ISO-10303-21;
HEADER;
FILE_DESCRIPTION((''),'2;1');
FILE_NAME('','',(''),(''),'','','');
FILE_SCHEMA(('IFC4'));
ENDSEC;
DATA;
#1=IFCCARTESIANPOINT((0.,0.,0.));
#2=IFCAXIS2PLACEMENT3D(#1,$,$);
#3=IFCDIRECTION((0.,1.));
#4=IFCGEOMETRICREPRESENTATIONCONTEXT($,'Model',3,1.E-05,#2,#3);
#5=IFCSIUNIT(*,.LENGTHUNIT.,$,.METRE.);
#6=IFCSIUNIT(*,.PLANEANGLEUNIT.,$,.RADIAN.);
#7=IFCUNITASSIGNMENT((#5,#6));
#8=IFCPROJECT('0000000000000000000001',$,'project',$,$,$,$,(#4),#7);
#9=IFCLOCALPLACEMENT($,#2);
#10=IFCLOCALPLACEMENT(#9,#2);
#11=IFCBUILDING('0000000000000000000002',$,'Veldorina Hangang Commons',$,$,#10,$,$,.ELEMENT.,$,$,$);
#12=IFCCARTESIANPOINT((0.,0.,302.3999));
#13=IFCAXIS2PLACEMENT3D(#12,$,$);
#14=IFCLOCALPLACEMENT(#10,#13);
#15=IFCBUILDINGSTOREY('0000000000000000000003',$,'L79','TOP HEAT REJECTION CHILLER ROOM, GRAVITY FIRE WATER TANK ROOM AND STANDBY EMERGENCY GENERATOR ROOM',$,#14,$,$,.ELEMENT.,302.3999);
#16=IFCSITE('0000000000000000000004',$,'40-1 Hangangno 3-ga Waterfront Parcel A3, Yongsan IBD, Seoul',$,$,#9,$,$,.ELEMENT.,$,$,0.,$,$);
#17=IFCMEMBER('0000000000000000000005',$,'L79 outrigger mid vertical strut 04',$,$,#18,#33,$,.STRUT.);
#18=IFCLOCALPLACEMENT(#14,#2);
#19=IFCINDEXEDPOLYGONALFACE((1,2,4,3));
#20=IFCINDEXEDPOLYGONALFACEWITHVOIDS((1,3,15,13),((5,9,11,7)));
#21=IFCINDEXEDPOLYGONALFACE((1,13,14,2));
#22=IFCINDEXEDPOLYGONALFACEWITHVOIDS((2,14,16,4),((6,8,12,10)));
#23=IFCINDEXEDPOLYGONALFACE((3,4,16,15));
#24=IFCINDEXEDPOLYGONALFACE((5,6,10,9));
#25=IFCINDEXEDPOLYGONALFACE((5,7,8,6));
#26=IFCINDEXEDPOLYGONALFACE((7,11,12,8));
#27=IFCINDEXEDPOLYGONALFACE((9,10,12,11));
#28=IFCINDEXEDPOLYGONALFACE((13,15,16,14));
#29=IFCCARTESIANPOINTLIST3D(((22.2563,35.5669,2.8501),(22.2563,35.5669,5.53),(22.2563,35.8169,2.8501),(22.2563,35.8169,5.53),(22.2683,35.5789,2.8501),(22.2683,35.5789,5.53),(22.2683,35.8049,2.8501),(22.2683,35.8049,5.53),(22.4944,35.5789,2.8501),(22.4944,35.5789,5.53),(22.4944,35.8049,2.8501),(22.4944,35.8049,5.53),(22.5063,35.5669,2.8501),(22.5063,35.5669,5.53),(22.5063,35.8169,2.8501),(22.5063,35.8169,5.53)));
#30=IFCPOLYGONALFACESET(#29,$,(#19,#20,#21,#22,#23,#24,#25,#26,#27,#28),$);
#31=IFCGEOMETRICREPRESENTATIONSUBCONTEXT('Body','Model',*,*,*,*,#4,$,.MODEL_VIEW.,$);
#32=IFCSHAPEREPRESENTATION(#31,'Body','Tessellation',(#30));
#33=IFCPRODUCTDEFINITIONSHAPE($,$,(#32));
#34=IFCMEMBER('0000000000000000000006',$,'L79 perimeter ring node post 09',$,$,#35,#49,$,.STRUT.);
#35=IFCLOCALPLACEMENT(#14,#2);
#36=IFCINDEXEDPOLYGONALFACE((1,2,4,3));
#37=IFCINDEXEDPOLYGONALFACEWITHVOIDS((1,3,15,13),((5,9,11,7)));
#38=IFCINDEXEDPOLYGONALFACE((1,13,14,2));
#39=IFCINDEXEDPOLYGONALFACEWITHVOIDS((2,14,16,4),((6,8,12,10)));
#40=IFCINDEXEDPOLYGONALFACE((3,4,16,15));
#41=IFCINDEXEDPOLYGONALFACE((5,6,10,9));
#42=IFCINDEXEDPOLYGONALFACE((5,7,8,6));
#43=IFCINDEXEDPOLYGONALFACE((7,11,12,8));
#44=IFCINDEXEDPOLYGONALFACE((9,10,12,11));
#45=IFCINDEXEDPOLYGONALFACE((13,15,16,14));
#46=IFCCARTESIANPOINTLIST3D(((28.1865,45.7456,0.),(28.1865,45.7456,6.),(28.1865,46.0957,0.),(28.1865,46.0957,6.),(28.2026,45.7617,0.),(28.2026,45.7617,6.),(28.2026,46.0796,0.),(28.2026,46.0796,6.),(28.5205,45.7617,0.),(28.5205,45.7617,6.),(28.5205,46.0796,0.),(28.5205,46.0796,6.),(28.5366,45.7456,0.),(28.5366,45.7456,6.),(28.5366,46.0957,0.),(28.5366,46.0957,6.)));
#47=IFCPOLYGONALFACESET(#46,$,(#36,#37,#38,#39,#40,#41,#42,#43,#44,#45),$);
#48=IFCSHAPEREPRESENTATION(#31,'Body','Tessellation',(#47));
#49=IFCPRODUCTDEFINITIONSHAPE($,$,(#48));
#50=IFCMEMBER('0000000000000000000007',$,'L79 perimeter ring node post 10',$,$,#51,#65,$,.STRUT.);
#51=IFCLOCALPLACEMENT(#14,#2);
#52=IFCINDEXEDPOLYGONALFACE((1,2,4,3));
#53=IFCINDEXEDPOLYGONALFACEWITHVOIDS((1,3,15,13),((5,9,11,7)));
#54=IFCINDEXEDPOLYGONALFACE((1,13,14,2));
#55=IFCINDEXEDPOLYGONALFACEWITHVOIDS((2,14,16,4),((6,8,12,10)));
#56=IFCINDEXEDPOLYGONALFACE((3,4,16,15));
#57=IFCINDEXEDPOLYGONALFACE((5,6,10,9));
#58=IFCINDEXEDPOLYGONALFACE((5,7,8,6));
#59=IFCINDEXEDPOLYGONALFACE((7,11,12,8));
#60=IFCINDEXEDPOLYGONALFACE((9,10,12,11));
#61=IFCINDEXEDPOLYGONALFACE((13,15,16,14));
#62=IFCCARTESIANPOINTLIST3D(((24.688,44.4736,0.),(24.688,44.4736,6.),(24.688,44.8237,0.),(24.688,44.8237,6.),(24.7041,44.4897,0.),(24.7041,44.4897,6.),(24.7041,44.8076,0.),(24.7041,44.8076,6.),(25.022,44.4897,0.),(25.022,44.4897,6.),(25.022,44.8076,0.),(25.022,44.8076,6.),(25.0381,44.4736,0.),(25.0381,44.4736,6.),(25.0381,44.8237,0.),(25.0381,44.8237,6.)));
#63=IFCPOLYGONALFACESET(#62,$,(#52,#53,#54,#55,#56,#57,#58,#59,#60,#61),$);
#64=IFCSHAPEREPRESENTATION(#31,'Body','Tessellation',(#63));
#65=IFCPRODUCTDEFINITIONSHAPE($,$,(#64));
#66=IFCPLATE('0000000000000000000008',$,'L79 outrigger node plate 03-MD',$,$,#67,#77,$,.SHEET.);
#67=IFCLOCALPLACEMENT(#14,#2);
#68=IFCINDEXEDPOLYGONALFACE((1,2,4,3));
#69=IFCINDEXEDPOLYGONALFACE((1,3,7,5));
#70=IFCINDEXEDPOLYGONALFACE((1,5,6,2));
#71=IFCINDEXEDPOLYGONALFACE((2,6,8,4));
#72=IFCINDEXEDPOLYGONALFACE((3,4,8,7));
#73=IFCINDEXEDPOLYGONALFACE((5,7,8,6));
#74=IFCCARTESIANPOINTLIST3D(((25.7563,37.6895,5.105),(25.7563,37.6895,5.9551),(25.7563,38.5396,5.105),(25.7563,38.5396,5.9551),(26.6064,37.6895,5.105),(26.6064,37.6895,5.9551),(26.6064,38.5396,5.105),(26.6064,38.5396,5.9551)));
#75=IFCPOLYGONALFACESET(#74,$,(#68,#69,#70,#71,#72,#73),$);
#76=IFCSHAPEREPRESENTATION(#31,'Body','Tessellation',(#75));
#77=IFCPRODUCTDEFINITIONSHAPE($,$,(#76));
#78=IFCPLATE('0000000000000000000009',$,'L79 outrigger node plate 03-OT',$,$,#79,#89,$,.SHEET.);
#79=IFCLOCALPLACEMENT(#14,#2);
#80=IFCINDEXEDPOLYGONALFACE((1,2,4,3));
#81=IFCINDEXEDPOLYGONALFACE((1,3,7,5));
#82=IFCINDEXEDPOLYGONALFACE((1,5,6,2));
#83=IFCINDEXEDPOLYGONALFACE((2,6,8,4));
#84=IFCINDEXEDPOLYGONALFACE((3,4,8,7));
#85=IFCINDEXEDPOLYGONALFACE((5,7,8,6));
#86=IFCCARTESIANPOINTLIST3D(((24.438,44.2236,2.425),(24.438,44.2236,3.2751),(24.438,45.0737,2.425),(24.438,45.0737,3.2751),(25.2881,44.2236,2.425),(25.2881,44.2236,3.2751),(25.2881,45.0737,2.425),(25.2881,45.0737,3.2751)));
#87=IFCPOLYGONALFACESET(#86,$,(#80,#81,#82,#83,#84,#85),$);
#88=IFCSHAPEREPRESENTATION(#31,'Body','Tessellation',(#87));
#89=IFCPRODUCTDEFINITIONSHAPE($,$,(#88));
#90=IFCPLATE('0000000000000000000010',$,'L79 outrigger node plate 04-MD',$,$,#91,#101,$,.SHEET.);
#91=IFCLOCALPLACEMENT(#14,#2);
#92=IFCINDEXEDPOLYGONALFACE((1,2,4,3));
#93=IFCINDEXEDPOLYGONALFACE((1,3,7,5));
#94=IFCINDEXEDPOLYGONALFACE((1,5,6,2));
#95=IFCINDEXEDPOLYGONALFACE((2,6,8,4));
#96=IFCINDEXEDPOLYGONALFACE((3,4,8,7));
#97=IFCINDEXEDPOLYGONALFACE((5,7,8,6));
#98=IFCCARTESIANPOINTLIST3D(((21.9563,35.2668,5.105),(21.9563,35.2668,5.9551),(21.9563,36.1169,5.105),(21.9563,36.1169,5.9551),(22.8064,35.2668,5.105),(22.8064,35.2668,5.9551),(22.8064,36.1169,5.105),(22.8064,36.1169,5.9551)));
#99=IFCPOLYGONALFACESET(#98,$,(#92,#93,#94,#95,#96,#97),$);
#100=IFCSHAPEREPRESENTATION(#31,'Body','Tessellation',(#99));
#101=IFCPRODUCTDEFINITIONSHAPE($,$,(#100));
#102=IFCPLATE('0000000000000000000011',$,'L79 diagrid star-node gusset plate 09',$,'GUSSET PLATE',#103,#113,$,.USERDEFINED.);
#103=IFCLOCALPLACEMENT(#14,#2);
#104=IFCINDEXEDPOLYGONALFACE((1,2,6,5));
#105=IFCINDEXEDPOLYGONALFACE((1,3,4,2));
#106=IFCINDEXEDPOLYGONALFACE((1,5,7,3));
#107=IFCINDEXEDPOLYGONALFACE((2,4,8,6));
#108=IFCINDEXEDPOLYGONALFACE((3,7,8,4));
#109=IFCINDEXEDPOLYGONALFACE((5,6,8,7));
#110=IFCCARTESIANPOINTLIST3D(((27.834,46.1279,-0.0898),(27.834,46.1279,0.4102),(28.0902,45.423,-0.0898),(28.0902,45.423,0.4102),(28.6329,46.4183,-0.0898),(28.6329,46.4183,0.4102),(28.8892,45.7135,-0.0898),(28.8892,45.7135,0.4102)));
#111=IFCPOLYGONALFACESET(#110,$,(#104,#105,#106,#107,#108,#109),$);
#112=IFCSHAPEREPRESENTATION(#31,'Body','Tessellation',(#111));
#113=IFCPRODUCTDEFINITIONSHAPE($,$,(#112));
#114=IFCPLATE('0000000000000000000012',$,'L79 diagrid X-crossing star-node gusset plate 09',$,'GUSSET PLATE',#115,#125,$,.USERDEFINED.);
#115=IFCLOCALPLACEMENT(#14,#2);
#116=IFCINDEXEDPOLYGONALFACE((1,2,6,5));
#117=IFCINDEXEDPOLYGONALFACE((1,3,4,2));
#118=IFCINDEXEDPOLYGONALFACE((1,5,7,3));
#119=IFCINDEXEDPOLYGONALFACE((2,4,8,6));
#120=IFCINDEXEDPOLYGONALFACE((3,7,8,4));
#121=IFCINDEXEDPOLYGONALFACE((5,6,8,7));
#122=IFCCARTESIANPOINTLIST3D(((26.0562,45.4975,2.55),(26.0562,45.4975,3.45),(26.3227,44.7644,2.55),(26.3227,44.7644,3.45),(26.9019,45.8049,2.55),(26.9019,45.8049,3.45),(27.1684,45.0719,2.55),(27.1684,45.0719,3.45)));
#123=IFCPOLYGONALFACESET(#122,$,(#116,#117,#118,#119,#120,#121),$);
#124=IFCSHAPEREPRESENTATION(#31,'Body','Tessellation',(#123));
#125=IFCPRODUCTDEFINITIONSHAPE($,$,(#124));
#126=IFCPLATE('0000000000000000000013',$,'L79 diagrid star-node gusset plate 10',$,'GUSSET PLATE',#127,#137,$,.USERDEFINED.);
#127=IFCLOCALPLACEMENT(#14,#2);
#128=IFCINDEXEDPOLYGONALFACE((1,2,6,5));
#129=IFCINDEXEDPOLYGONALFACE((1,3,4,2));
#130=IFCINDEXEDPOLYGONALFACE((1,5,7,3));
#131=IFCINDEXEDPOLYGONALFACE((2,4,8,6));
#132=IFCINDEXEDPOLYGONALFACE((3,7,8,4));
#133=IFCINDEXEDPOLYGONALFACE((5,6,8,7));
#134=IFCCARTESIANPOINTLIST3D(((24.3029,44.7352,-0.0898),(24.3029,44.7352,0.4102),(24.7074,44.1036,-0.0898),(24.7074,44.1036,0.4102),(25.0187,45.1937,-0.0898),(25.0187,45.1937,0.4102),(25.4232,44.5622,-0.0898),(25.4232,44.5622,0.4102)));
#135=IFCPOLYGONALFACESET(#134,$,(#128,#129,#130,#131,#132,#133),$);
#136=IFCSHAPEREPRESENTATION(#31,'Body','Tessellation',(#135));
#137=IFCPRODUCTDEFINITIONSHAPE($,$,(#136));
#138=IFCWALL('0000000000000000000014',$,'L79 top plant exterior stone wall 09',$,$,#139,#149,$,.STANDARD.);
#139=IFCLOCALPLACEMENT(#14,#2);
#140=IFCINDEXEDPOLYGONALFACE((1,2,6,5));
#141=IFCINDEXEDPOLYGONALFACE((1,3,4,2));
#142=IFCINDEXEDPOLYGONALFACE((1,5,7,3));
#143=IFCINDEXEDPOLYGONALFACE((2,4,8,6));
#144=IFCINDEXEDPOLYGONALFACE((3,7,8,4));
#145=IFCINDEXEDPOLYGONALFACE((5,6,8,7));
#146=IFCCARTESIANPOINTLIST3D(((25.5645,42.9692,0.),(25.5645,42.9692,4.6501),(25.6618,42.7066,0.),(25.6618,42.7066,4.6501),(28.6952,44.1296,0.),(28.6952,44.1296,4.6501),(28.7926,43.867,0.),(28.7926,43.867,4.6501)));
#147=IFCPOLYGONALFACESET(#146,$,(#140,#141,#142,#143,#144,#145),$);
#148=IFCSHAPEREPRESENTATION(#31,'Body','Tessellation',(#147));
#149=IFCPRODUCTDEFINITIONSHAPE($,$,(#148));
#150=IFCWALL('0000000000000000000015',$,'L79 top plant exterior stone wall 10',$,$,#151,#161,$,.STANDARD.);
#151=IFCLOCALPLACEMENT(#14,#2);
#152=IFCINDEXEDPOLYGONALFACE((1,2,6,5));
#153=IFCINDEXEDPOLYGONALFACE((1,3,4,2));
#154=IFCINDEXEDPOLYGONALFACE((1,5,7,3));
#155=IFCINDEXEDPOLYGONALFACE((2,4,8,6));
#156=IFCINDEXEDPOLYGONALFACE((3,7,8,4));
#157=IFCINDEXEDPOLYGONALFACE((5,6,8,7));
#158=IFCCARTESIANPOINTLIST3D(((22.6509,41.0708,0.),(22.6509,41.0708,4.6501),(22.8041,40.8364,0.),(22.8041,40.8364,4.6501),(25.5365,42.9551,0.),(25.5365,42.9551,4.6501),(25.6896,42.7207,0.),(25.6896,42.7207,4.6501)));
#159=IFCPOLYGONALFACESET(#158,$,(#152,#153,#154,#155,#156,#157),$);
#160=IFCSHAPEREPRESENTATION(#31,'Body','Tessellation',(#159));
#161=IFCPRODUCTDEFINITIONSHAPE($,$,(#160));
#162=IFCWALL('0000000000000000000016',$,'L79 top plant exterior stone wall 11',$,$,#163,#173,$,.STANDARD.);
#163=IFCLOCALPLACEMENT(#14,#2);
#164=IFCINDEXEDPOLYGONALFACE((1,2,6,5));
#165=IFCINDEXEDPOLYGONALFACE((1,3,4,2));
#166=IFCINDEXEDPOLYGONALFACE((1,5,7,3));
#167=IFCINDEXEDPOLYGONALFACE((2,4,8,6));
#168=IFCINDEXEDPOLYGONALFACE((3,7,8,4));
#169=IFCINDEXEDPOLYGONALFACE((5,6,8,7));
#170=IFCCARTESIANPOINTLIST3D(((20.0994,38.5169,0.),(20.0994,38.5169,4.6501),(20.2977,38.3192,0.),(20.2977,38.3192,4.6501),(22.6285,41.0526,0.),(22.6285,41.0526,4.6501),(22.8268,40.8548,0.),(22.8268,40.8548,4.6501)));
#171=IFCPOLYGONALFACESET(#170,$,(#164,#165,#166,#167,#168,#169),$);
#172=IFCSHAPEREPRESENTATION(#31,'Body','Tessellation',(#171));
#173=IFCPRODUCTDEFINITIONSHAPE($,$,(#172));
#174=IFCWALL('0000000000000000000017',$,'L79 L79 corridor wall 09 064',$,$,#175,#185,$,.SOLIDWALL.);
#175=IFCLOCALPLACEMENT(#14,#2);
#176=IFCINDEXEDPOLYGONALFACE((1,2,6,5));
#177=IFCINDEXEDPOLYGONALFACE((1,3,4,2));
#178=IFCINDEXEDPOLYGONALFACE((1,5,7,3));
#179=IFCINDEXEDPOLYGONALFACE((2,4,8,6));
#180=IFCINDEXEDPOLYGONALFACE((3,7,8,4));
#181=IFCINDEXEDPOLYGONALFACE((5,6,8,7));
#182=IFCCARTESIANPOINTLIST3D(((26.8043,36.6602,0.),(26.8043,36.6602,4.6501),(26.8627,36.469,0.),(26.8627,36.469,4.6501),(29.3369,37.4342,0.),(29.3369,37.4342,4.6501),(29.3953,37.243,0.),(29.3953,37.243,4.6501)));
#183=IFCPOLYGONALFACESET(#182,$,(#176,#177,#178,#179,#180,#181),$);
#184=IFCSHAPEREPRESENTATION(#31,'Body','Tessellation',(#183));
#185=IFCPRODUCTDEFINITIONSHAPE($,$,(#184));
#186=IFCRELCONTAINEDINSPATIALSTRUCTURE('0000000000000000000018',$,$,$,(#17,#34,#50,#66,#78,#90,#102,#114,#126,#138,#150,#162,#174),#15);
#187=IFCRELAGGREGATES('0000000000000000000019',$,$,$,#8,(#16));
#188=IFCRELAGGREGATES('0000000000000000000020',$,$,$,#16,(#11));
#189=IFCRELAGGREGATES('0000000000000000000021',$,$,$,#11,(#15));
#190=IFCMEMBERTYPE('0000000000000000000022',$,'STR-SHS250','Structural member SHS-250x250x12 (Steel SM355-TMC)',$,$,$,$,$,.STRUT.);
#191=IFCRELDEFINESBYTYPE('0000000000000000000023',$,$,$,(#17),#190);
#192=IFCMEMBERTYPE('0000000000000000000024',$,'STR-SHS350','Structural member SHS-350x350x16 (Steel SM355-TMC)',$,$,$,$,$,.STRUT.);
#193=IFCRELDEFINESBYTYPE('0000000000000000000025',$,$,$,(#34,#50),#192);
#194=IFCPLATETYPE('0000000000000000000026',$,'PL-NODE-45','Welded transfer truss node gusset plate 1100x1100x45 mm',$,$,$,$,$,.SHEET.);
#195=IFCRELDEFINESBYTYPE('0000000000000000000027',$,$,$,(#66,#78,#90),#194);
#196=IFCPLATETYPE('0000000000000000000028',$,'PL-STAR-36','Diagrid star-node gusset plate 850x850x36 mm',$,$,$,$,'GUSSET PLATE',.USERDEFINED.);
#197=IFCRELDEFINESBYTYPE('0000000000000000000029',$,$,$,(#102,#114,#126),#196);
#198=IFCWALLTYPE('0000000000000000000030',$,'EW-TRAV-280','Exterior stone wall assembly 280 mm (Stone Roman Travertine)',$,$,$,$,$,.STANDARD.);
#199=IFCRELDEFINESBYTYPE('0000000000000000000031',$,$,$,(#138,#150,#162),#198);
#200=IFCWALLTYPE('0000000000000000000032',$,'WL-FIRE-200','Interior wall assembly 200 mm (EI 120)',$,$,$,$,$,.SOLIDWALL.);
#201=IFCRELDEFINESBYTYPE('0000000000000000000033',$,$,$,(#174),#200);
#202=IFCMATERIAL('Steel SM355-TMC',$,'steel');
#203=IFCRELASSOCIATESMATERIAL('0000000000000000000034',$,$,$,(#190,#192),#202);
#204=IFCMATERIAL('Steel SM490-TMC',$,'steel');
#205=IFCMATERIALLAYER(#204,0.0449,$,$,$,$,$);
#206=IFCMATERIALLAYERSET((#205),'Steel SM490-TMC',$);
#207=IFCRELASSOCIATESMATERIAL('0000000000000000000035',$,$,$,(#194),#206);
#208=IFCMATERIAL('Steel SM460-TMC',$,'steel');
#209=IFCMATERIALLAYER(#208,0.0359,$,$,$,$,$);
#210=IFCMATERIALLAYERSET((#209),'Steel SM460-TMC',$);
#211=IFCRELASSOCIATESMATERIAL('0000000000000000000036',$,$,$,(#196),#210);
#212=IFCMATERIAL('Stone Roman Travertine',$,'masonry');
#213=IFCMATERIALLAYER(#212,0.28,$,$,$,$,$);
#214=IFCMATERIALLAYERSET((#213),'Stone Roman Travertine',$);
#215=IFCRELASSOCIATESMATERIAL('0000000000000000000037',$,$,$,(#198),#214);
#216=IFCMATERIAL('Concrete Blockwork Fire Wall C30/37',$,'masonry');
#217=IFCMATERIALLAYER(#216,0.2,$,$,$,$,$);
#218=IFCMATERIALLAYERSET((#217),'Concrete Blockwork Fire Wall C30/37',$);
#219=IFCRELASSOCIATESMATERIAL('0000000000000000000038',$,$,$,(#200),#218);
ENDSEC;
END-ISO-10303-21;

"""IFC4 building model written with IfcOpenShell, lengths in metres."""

from ifc_helpers import new_model, si_unit, direction, frame, frame_2d, origin, origin_2d, place, context, subcontext, project, spatial, rectangle, hollow_rectangle, extrude, material, layer, layer_set, material_profile, profile_set, type_object, element, save


model = new_model("IFC4")

# Units and contexts
model_context = context("Model", 3, precision=1e-05, world=origin(), true_north=direction((0.0, 1.0)))
body_context = subcontext(model_context, "Body", "Model", "MODEL_VIEW")
ifc_project = project(units=[si_unit("LENGTHUNIT", "METRE"), si_unit("PLANEANGLEUNIT", "RADIAN")], contexts=[model_context])

# Site, building, storey
site_placement = place(None, origin())
site = spatial("IfcSite", under=ifc_project, at=site_placement, Name="40-1 Hangangno 3-ga Waterfront Parcel A3, Yongsan IBD, Seoul", CompositionType="ELEMENT", RefElevation=0.0)
building_placement = place(site_placement, origin())
building = spatial("IfcBuilding", under=site, at=building_placement, Name="Veldorina Hangang Commons", CompositionType="ELEMENT")
storey_placement = place(building_placement, frame((0.0, 0.0, 302.3999)))
storey = spatial("IfcBuildingStorey", under=building, at=storey_placement, Name="L79", Description="TOP HEAT REJECTION CHILLER ROOM, GRAVITY FIRE WATER TANK ROOM AND STANDBY EMERGENCY GENERATOR ROOM", CompositionType="ELEMENT", Elevation=302.3999)

# Shared definitions
ifc_material_1 = material(Name="Steel SM460-TMC", Category="steel")

# Members
ifc_material_2 = material(Name="Steel SM355-TMC", Category="steel")
ifc_material_profile_1 = material_profile(ifc_material_2, hollow_rectangle(XDim=0.25, YDim=0.25, WallThickness=0.012, at=origin_2d()), Name="SHS-250x250x12")
ifc_profile_set_1 = profile_set([ifc_material_profile_1], Name="Steel SM355-TMC")
member_type_1 = type_object("IfcMemberType", Name="STR-SHS250", Description="Structural member SHS-250x250x12 (Steel SM355-TMC)", PredefinedType="STRUT", material=ifc_profile_set_1)
for number, where, z_axis, x_axis, name in (
    (1, (22.3813, 35.6919, 2.8501), (0.0, 0.0, 1.0), (1.0, 0.0, 0.0), "L79 outrigger mid vertical strut 04"),
):
    element("IfcMember", number, at=place(storey_placement, frame(where, z_axis=z_axis, x_axis=x_axis)), inside=storey, type_object=member_type_1, Name=name, PredefinedType="STRUT", context=body_context, shape_type="SweptSolid", body=[
        extrude(hollow_rectangle(XDim=0.25, YDim=0.25, WallThickness=0.012, at=origin_2d()), origin(), (0.0, 0.0, 1.0), 2.6799),
    ])
ifc_material_profile_2 = material_profile(ifc_material_2, hollow_rectangle(XDim=0.3501, YDim=0.3501, WallThickness=0.0161, at=origin_2d()), Name="SHS-350x350x16")
ifc_profile_set_2 = profile_set([ifc_material_profile_2], Name="Steel SM355-TMC")
member_type_2 = type_object("IfcMemberType", Name="STR-SHS350", Description="Structural member SHS-350x350x16 (Steel SM355-TMC)", PredefinedType="STRUT", material=ifc_profile_set_2)
for number, where, z_axis, x_axis, name in (
    (2, (28.3616, 45.9207, 0.0), (0.0, 0.0, 1.0), (1.0, 0.0, 0.0), "L79 perimeter ring node post 09"),
    (3, (24.863, 44.6487, 0.0), (0.0, 0.0, 1.0), (1.0, 0.0, 0.0), "L79 perimeter ring node post 10"),
):
    element("IfcMember", number, at=place(storey_placement, frame(where, z_axis=z_axis, x_axis=x_axis)), inside=storey, type_object=member_type_2, Name=name, PredefinedType="STRUT", context=body_context, shape_type="SweptSolid", body=[
        extrude(hollow_rectangle(XDim=0.3501, YDim=0.3501, WallThickness=0.0161, at=origin_2d()), origin(), (0.0, 0.0, 1.0), 6.0),
    ])

# Plates
ifc_material_3 = material(Name="Steel SM490-TMC", Category="steel")
ifc_layer_1 = layer(ifc_material_3, 0.0449)
ifc_layer_set_1 = layer_set([ifc_layer_1], Name="Steel SM490-TMC")
plate_type_1 = type_object("IfcPlateType", Name="PL-NODE-45", Description="Welded transfer truss node gusset plate 1100x1100x45 mm", PredefinedType="SHEET", material=ifc_layer_set_1)
for number, where, z_axis, x_axis, name in (
    (4, (26.1814, 38.1145, 5.105), (0.0, 0.0, 1.0), (1.0, 0.0, 0.0), "L79 outrigger node plate 03-MD"),
    (5, (24.863, 44.6487, 2.425), (0.0, 0.0, 1.0), (1.0, 0.0, 0.0), "L79 outrigger node plate 03-OT"),
    (6, (22.3813, 35.6919, 5.105), (0.0, 0.0, 1.0), (1.0, 0.0, 0.0), "L79 outrigger node plate 04-MD"),
):
    element("IfcPlate", number, at=place(storey_placement, frame(where, z_axis=z_axis, x_axis=x_axis)), inside=storey, type_object=plate_type_1, Name=name, PredefinedType="SHEET", context=body_context, shape_type="SweptSolid", body=[
        extrude(rectangle(XDim=0.8501, YDim=0.8501, at=origin_2d()), origin(), (0.0, 0.0, 1.0), 0.8501),
    ])
ifc_layer_2 = layer(ifc_material_1, 0.0359)
ifc_layer_set_2 = layer_set([ifc_layer_2], Name="Steel SM460-TMC")
plate_type_2 = type_object("IfcPlateType", Name="PL-STAR-36", Description="Diagrid star-node gusset plate 850x850x36 mm", ElementType="GUSSET PLATE", PredefinedType="USERDEFINED", material=ifc_layer_set_2)
plate_1_placement = place(storey_placement, frame((28.3616, 45.9207, -0.0898), z_axis=(0.0, 0.0, 1.0), x_axis=(-0.939818, -0.341676, 0.0)))
element("IfcPlate", 7, at=plate_1_placement, inside=storey, type_object=plate_type_2, Name="L79 diagrid star-node gusset plate 09", ObjectType="GUSSET PLATE", PredefinedType="USERDEFINED", context=body_context, shape_type="SweptSolid", body=[
    extrude(rectangle(XDim=0.8501, YDim=0.75, at=origin_2d()), origin(), (0.0, 0.0, 1.0), 0.5),
])
plate_2_placement = place(storey_placement, frame((26.6123, 45.2847, 2.55), z_axis=(0.0, 0.0, 1.0), x_axis=(-0.939818, -0.341676, 0.0)))
element("IfcPlate", 8, at=plate_2_placement, inside=storey, type_object=plate_type_2, Name="L79 diagrid X-crossing star-node gusset plate 09", ObjectType="GUSSET PLATE", PredefinedType="USERDEFINED", context=body_context, shape_type="SweptSolid", body=[
    extrude(rectangle(XDim=0.8999, YDim=0.78, at=origin_2d()), origin(), (0.0, 0.0, 1.0), 0.8999),
])
plate_3_placement = place(storey_placement, frame((24.863, 44.6487, -0.0898), z_axis=(0.0, 0.0, 1.0), x_axis=(-0.842057, -0.539388, 0.0)))
element("IfcPlate", 9, at=plate_3_placement, inside=storey, type_object=plate_type_2, Name="L79 diagrid star-node gusset plate 10", ObjectType="GUSSET PLATE", PredefinedType="USERDEFINED", context=body_context, shape_type="SweptSolid", body=[
    extrude(rectangle(XDim=0.8501, YDim=0.75, at=origin_2d()), origin(), (0.0, 0.0, 1.0), 0.5),
])

# Walls
ifc_material_4 = material(Name="Stone Roman Travertine", Category="masonry")
ifc_layer_3 = layer(ifc_material_4, 0.28)
ifc_layer_set_3 = layer_set([ifc_layer_3], Name="Stone Roman Travertine")
wall_type_1 = type_object("IfcWallType", Name="EW-TRAV-280", Description="Exterior stone wall assembly 280 mm (Stone Roman Travertine)", PredefinedType="STANDARD", material=ifc_layer_set_3)
wall_1_placement = place(storey_placement, frame((28.7439, 43.9983, 0.0), z_axis=(0.0, 0.0, 1.0), x_axis=(-0.937668, -0.347531, 0.0)))
element("IfcWall", 10, at=wall_1_placement, inside=storey, type_object=wall_type_1, Name="L79 top plant exterior stone wall 09", PredefinedType="STANDARD", context=body_context, shape_type="SweptSolid", body=[
    extrude(rectangle(XDim=3.3389, YDim=0.28, at=frame_2d((1.6694, 0.0))), origin(), (0.0, 0.0, 1.0), 4.6501),
])
wall_2_placement = place(storey_placement, frame((25.613, 42.8379, 0.0), z_axis=(0.0, 0.0, 1.0), x_axis=(-0.837288, -0.546763, 0.0)))
element("IfcWall", 11, at=wall_2_placement, inside=storey, type_object=wall_type_1, Name="L79 top plant exterior stone wall 10", PredefinedType="STANDARD", context=body_context, shape_type="SweptSolid", body=[
    extrude(rectangle(XDim=3.4463, YDim=0.28, at=frame_2d((1.7231, 0.0))), origin(), (0.0, 0.0, 1.0), 4.6501),
])
wall_3_placement = place(storey_placement, frame((22.7275, 40.9536, 0.0), z_axis=(0.0, 0.0, 1.0), x_axis=(-0.706186, -0.708026, 0.0)))
element("IfcWall", 12, at=wall_3_placement, inside=storey, type_object=wall_type_1, Name="L79 top plant exterior stone wall 11", PredefinedType="STANDARD", context=body_context, shape_type="SweptSolid", body=[
    extrude(rectangle(XDim=3.5813, YDim=0.28, at=frame_2d((1.7905, 0.0))), origin(), (0.0, 0.0, 1.0), 4.6501),
])
ifc_material_5 = material(Name="Concrete Blockwork Fire Wall C30/37", Category="masonry")
ifc_layer_4 = layer(ifc_material_5, 0.2)
ifc_layer_set_4 = layer_set([ifc_layer_4], Name="Concrete Blockwork Fire Wall C30/37")
wall_type_2 = type_object("IfcWallType", Name="WL-FIRE-200", Description="Interior wall assembly 200 mm (EI 120)", PredefinedType="SOLIDWALL", material=ifc_layer_set_4)
wall_4_placement = place(storey_placement, frame((29.3662, 37.3386, 0.0), z_axis=(0.0, 0.0, 1.0), x_axis=(-0.956339, -0.292258, 0.0)))
element("IfcWall", 13, at=wall_4_placement, inside=storey, type_object=wall_type_2, Name="L79 L79 corridor wall 09 064", PredefinedType="SOLIDWALL", context=body_context, shape_type="SweptSolid", body=[
    extrude(rectangle(XDim=2.6482, YDim=0.2, at=frame_2d((1.3242, 0.0))), origin(), (0.0, 0.0, 1.0), 4.6501),
])

save(model, "model.ifc")
